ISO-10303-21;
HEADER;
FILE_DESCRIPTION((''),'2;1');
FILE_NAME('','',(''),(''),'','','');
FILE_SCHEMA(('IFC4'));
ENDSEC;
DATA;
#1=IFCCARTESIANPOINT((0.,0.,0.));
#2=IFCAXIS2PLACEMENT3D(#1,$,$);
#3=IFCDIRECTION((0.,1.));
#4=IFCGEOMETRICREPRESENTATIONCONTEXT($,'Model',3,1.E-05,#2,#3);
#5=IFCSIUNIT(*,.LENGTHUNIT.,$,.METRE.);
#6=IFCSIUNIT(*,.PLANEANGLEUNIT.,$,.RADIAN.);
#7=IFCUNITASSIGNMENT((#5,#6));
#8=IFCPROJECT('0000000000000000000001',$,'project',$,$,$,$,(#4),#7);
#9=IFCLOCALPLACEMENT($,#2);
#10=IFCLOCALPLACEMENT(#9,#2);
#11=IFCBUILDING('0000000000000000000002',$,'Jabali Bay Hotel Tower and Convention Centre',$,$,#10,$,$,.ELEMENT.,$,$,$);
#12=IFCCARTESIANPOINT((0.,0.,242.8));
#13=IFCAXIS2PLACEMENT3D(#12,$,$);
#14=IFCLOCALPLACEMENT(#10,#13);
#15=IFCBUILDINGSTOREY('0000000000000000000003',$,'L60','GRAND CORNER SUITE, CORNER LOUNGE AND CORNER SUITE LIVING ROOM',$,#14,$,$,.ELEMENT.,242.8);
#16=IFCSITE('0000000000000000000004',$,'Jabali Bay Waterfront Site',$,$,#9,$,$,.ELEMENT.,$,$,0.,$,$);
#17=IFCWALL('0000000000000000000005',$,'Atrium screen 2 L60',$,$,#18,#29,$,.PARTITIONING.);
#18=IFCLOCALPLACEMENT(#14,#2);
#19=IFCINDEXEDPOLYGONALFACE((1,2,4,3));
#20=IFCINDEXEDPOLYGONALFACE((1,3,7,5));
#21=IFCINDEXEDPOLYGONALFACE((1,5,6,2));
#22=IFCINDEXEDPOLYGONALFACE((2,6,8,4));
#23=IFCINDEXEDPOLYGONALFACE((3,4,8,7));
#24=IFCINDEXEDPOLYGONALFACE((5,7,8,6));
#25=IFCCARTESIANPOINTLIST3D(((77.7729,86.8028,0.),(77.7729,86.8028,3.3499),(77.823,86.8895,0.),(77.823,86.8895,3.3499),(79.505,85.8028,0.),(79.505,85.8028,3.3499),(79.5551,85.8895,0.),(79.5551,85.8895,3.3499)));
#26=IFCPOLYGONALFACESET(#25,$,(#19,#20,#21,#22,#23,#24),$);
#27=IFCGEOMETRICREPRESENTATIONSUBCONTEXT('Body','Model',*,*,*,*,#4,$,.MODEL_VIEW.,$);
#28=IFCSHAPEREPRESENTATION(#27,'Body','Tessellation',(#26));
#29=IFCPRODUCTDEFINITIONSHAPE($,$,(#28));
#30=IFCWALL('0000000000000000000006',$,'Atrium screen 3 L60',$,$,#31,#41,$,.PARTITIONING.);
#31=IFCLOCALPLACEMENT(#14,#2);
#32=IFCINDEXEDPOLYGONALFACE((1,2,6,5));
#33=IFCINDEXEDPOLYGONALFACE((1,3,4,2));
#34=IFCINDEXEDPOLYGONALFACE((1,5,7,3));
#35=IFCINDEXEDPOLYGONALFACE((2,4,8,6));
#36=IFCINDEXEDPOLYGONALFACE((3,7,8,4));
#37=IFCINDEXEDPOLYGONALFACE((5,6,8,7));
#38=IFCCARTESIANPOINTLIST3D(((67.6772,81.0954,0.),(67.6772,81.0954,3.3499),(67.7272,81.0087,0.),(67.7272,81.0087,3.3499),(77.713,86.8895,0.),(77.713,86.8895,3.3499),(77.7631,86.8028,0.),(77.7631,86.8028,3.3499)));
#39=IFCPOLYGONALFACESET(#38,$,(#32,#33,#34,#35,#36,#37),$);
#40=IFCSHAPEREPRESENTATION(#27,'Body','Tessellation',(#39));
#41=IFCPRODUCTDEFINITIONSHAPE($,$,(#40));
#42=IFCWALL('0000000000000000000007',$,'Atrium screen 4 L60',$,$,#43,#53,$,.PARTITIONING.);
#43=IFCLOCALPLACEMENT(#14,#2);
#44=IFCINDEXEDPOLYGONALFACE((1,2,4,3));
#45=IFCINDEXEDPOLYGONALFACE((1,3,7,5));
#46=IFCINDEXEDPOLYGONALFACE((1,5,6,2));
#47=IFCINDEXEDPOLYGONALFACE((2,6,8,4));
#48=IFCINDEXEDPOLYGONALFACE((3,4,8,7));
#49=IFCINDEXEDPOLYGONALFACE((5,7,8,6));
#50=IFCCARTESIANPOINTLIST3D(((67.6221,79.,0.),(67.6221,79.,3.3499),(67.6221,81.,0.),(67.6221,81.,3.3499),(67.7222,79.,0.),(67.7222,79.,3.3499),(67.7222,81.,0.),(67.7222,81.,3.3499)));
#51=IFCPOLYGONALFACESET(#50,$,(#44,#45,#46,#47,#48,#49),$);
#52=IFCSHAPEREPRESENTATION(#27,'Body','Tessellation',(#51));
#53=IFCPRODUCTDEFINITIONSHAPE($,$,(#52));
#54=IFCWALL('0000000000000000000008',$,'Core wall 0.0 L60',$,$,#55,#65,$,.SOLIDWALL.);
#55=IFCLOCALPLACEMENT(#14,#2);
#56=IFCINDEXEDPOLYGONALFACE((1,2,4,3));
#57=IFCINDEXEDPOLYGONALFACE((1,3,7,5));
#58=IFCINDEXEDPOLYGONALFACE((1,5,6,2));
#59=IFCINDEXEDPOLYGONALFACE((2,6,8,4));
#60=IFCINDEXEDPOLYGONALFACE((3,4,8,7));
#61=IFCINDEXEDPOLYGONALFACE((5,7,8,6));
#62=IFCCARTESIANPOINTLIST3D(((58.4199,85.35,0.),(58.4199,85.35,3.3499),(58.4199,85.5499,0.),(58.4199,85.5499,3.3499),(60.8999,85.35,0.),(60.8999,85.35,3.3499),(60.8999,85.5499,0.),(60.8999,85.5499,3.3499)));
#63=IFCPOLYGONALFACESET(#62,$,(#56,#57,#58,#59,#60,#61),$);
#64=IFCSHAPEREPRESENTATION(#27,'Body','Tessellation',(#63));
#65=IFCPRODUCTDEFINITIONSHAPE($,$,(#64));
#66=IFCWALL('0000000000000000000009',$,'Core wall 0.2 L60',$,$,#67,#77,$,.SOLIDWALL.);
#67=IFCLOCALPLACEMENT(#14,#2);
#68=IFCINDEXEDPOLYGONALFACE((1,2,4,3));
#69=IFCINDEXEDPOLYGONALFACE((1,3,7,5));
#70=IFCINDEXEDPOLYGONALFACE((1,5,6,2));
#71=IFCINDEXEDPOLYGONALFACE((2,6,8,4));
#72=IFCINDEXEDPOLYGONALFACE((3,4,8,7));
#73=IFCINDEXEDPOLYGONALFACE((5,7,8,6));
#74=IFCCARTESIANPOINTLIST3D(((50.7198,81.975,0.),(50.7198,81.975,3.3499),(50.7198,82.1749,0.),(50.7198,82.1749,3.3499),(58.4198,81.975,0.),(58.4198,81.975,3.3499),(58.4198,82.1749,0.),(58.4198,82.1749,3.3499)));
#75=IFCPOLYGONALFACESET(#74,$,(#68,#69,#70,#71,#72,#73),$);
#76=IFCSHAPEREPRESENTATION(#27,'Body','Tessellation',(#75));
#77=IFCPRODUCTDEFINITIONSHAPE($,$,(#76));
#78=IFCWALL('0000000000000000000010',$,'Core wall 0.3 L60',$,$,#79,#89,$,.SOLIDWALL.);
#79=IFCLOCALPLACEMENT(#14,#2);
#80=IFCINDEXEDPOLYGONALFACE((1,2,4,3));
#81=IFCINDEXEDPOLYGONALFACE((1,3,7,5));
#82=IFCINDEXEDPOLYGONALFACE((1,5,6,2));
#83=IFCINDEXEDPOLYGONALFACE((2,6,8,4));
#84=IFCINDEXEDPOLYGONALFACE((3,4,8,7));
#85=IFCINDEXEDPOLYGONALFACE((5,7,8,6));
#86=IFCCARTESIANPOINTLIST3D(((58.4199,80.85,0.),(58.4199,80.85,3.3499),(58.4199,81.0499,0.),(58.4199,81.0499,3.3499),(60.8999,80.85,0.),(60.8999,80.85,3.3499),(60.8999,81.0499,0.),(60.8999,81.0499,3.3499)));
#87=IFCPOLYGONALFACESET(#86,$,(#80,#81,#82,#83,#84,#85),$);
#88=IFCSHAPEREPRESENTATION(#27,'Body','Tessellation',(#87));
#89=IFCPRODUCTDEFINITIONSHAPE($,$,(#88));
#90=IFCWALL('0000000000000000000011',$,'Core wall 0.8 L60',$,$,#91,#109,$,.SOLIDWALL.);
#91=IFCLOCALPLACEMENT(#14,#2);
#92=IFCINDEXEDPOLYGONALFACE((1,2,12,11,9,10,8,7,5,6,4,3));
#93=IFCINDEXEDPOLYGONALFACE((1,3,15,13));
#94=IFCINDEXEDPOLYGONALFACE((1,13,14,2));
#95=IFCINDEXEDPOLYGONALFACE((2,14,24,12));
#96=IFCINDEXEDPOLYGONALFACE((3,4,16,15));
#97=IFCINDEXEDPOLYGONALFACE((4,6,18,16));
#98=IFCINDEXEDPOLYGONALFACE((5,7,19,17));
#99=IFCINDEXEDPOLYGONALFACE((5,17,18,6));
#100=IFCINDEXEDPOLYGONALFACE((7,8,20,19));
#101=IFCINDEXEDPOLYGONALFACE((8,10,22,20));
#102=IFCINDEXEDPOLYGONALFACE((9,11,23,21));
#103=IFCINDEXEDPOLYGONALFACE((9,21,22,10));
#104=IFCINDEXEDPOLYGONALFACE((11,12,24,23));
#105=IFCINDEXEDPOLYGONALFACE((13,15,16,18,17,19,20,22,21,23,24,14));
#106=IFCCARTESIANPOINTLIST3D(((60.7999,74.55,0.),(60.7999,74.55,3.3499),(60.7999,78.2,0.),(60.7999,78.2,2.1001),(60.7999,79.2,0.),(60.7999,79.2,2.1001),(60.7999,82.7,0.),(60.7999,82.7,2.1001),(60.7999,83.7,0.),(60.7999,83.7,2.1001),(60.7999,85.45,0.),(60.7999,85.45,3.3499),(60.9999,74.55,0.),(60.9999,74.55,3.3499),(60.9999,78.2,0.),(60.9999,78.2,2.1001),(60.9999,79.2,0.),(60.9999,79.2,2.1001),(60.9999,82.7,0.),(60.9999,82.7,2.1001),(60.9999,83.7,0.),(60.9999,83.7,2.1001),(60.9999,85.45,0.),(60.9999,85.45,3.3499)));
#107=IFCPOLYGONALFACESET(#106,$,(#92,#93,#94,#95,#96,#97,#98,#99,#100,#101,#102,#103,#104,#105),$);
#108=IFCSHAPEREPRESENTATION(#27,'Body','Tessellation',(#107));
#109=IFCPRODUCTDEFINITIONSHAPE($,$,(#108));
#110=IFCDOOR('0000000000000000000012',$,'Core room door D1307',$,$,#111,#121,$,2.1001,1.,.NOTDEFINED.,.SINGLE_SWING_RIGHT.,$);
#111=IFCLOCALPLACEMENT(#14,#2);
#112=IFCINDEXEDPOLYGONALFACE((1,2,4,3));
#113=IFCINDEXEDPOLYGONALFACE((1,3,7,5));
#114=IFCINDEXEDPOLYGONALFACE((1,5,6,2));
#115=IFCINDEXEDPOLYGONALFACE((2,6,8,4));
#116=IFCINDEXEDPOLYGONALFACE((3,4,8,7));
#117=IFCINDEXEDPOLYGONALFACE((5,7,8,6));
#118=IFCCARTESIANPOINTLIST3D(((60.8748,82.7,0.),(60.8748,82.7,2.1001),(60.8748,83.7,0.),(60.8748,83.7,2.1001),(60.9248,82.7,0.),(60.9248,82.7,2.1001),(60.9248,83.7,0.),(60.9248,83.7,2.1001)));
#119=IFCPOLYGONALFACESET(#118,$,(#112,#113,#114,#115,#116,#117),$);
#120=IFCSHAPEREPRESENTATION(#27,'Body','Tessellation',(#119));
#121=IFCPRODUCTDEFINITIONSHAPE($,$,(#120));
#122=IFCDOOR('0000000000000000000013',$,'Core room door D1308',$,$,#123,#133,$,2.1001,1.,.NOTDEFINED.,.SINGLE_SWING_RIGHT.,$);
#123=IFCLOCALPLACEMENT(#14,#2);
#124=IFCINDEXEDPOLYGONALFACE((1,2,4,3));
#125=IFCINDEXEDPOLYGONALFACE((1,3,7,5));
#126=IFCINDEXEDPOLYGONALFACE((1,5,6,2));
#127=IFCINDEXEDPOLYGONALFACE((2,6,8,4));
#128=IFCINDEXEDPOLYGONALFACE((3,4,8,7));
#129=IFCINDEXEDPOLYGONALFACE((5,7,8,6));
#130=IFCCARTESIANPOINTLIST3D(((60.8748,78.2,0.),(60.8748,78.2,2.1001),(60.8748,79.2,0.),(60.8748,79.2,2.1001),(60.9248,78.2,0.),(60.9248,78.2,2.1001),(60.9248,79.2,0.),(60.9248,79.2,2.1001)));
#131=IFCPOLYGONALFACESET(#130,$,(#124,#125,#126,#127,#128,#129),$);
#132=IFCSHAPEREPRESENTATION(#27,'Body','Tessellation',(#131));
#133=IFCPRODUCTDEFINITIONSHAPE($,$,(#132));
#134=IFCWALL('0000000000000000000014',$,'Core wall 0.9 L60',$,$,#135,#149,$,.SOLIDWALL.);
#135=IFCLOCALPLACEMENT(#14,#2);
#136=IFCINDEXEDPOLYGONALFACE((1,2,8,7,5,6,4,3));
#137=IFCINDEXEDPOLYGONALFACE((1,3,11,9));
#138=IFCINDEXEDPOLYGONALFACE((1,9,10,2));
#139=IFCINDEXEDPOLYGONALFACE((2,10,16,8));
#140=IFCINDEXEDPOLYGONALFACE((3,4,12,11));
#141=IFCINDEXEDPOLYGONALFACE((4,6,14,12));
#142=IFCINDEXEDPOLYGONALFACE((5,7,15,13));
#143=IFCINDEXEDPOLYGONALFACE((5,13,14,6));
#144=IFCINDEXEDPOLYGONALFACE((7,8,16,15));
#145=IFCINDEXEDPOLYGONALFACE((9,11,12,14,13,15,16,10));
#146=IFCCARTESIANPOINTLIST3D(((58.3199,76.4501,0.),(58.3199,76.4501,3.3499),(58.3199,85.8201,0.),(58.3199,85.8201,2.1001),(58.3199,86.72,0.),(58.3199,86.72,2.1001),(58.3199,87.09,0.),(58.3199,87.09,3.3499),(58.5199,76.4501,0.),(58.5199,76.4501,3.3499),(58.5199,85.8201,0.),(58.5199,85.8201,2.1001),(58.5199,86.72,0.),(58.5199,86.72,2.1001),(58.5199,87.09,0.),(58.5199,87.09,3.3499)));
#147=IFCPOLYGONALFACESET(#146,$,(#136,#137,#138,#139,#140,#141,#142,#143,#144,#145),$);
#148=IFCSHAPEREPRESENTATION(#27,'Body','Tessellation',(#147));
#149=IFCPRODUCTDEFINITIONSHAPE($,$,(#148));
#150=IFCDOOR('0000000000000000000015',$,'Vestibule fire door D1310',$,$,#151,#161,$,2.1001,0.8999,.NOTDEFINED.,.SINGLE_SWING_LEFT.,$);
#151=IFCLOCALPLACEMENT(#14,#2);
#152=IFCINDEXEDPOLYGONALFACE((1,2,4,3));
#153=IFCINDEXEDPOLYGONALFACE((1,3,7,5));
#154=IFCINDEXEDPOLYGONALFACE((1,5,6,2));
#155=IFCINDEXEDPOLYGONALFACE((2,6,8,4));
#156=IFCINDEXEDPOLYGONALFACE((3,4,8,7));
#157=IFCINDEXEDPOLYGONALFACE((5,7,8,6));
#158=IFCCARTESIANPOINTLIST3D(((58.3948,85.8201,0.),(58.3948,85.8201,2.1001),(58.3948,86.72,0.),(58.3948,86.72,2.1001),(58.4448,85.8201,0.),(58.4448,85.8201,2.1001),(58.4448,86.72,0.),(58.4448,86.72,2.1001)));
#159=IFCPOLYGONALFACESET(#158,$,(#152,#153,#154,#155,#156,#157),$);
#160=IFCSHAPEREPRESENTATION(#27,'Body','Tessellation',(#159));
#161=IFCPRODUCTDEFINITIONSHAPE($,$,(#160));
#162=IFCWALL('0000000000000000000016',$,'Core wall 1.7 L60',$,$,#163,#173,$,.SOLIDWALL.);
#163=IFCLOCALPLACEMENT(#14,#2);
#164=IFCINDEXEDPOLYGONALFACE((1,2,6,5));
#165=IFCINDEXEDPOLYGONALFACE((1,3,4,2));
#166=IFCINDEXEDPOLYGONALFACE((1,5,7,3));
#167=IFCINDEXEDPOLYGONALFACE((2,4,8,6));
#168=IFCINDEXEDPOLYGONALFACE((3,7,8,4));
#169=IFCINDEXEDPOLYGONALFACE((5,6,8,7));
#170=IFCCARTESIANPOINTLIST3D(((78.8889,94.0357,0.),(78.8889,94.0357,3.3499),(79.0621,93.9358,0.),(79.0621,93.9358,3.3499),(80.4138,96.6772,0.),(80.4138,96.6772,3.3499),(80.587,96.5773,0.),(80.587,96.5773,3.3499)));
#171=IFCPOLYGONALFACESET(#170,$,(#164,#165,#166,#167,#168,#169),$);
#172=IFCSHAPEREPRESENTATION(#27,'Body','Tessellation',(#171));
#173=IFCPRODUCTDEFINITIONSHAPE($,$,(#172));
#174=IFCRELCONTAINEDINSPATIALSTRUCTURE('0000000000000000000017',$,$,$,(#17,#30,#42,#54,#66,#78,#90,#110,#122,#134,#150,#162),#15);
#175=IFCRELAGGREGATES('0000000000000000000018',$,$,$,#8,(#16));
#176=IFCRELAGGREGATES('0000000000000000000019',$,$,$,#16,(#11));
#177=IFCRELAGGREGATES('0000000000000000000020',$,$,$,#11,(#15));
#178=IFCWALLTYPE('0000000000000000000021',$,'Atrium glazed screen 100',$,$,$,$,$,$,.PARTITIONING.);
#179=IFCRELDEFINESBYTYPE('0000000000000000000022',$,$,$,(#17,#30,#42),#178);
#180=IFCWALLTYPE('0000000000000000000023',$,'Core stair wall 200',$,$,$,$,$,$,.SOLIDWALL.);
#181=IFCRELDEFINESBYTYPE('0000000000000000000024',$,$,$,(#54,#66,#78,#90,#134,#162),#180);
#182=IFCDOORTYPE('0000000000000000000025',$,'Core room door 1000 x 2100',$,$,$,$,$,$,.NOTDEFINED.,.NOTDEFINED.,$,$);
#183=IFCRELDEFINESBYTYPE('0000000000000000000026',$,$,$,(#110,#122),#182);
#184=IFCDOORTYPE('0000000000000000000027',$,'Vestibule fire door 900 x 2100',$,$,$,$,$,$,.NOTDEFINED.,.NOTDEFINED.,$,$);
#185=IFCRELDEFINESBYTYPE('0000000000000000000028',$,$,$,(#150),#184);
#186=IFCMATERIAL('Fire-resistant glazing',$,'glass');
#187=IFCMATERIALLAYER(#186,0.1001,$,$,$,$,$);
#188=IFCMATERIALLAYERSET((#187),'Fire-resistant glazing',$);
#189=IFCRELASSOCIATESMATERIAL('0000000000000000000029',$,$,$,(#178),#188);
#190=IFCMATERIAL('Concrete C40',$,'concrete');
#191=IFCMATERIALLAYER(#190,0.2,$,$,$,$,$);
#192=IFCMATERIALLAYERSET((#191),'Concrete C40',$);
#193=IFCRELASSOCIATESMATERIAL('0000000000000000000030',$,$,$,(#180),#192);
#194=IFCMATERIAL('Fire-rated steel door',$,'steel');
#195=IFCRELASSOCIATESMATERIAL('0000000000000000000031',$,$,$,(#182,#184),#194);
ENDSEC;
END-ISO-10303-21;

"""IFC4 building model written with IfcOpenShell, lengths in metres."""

from ifc_helpers import new_model, si_unit, direction, frame, frame_2d, origin, place, context, subcontext, project, spatial, rectangle, extrude, material, layer, layer_set, type_object, element, fill, save


model = new_model("IFC4")

# Units and contexts
model_context = context("Model", 3, precision=1e-05, world=origin(), true_north=direction((0.0, 1.0)))
body_context = subcontext(model_context, "Body", "Model", "MODEL_VIEW")
ifc_project = project(units=[si_unit("LENGTHUNIT", "METRE"), si_unit("PLANEANGLEUNIT", "RADIAN")], contexts=[model_context])

# Site, building, storey
site_placement = place(None, origin())
site = spatial("IfcSite", under=ifc_project, at=site_placement, Name="Jabali Bay Waterfront Site", CompositionType="ELEMENT", RefElevation=0.0)
building_placement = place(site_placement, origin())
building = spatial("IfcBuilding", under=site, at=building_placement, Name="Jabali Bay Hotel Tower and Convention Centre", CompositionType="ELEMENT")
storey_placement = place(building_placement, frame((0.0, 0.0, 242.8)))
storey = spatial("IfcBuildingStorey", under=building, at=storey_placement, Name="L60", Description="GRAND CORNER SUITE, CORNER LOUNGE AND CORNER SUITE LIVING ROOM", CompositionType="ELEMENT", Elevation=242.8)

# Walls
ifc_material_1 = material(Name="Fire-resistant glazing", Category="glass")
ifc_layer_1 = layer(ifc_material_1, 0.1001)
ifc_layer_set_1 = layer_set([ifc_layer_1], Name="Fire-resistant glazing")
wall_type_1 = type_object("IfcWallType", Name="Atrium glazed screen 100", PredefinedType="PARTITIONING", material=ifc_layer_set_1)
wall_1_placement = place(storey_placement, frame((79.53, 85.8462, 0.0), z_axis=(0.0, 0.0, 1.0), x_axis=(-0.866041, 0.499973, 0.0)))
element("IfcWall", 1, at=wall_1_placement, inside=storey, type_object=wall_type_1, Name="Atrium screen 2 L60", PredefinedType="PARTITIONING", context=body_context, shape_type="SweptSolid", body=[
    extrude(rectangle(XDim=2.0, YDim=0.1001, at=frame_2d((1.0, 0.0))), origin(), (0.0, 0.0, 1.0), 3.3499),
])
wall_2_placement = place(storey_placement, frame((77.738, 86.8462, 0.0), z_axis=(0.0, 0.0, 1.0), x_axis=(-0.866027, -0.499998, 0.0)))
element("IfcWall", 2, at=wall_2_placement, inside=storey, type_object=wall_type_1, Name="Atrium screen 3 L60", PredefinedType="PARTITIONING", context=body_context, shape_type="SweptSolid", body=[
    extrude(rectangle(XDim=11.5884, YDim=0.1001, at=frame_2d((5.7942, 0.0))), origin(), (0.0, 0.0, 1.0), 3.3499),
])
wall_3_placement = place(storey_placement, frame((67.6721, 81.0, 0.0), z_axis=(0.0, 0.0, 1.0), x_axis=(0.0, -1.0, 0.0)))
element("IfcWall", 3, at=wall_3_placement, inside=storey, type_object=wall_type_1, Name="Atrium screen 4 L60", PredefinedType="PARTITIONING", context=body_context, shape_type="SweptSolid", body=[
    extrude(rectangle(XDim=2.0, YDim=0.1001, at=frame_2d((1.0, 0.0))), origin(), (0.0, 0.0, 1.0), 3.3499),
])
ifc_material_2 = material(Name="Concrete C40", Category="concrete")
ifc_layer_2 = layer(ifc_material_2, 0.2)
ifc_layer_set_2 = layer_set([ifc_layer_2], Name="Concrete C40")
wall_type_2 = type_object("IfcWallType", Name="Core stair wall 200", PredefinedType="SOLIDWALL", material=ifc_layer_set_2)
wall_4_placement = place(storey_placement, frame((60.8999, 85.45, 0.0), z_axis=(0.0, 0.0, 1.0), x_axis=(-1.0, 0.0, 0.0)))
element("IfcWall", 4, at=wall_4_placement, inside=storey, type_object=wall_type_2, Name="Core wall 0.0 L60", PredefinedType="SOLIDWALL", context=body_context, shape_type="SweptSolid", body=[
    extrude(rectangle(XDim=2.48, YDim=0.2, at=frame_2d((1.24, 0.0))), origin(), (0.0, 0.0, 1.0), 3.3499),
])
wall_5_placement = place(storey_placement, frame((58.4199, 82.075, 0.0), z_axis=(0.0, 0.0, 1.0), x_axis=(-1.0, 0.0, 0.0)))
element("IfcWall", 5, at=wall_5_placement, inside=storey, type_object=wall_type_2, Name="Core wall 0.2 L60", PredefinedType="SOLIDWALL", context=body_context, shape_type="SweptSolid", body=[
    extrude(rectangle(XDim=7.7, YDim=0.2, at=frame_2d((3.8501, 0.0))), origin(), (0.0, 0.0, 1.0), 3.3499),
])
wall_6_placement = place(storey_placement, frame((60.8999, 80.95, 0.0), z_axis=(0.0, 0.0, 1.0), x_axis=(-1.0, 0.0, 0.0)))
element("IfcWall", 6, at=wall_6_placement, inside=storey, type_object=wall_type_2, Name="Core wall 0.3 L60", PredefinedType="SOLIDWALL", context=body_context, shape_type="SweptSolid", body=[
    extrude(rectangle(XDim=2.48, YDim=0.2, at=frame_2d((1.24, 0.0))), origin(), (0.0, 0.0, 1.0), 3.3499),
])

# Wall, openings, doors
wall_7_placement = place(storey_placement, frame((60.8999, 85.45, 0.0), z_axis=(0.0, 0.0, 1.0), x_axis=(0.0, -1.0, 0.0)))
wall_7 = element("IfcWall", 7, at=wall_7_placement, inside=storey, type_object=wall_type_2, Name="Core wall 0.8 L60", PredefinedType="SOLIDWALL", context=body_context, shape_type="SweptSolid", body=[
    extrude(rectangle(XDim=10.8999, YDim=0.2, at=frame_2d((5.45, 0.0))), origin(), (0.0, 0.0, 1.0), 3.3499),
])
opening_1_placement = place(wall_7_placement, frame((1.75, 0.0, 0.0)))
opening_1 = element("IfcOpeningElement", 8, at=opening_1_placement, cuts=wall_7, PredefinedType="OPENING", context=body_context, shape_type="SweptSolid", body=[
    extrude(rectangle(XDim=1.0, YDim=2.1001, at=frame_2d((0.5, 1.05))), frame((0.0, 0.1104, 0.0), z_axis=(0.0, -1.0, 0.0), x_axis=(1.0, 0.0, 0.0)), (0.0, 0.0, 1.0), 0.2209),
])
opening_2_placement = place(wall_7_placement, frame((6.25, 0.0, 0.0)))
opening_2 = element("IfcOpeningElement", 9, at=opening_2_placement, cuts=wall_7, PredefinedType="OPENING", context=body_context, shape_type="SweptSolid", body=[
    extrude(rectangle(XDim=1.0, YDim=2.1001, at=frame_2d((0.5, 1.05))), frame((0.0, 0.1104, 0.0), z_axis=(0.0, -1.0, 0.0), x_axis=(1.0, 0.0, 0.0)), (0.0, 0.0, 1.0), 0.2209),
])
ifc_material_3 = material(Name="Fire-rated steel door", Category="steel")
door_type_1 = type_object("IfcDoorType", Name="Core room door 1000 x 2100", OperationType="NOTDEFINED", PredefinedType="NOTDEFINED", material=ifc_material_3)
door_1_placement = place(opening_1_placement, origin())
door_1 = element("IfcDoor", 10, at=door_1_placement, inside=storey, type_object=door_type_1, Name="Core room door D1307", OperationType="SINGLE_SWING_RIGHT", OverallHeight=2.1001, OverallWidth=1.0, PredefinedType="NOTDEFINED", context=body_context, shape_type="SweptSolid", body=[
    extrude(rectangle(XDim=1.0, YDim=2.1001, at=frame_2d((0.5, 1.05))), frame((0.0, 0.0249, 0.0), z_axis=(0.0, -1.0, 0.0), x_axis=(1.0, 0.0, 0.0)), (0.0, 0.0, 1.0), 0.05),
])
fill(opening_1, door_1)
door_2_placement = place(opening_2_placement, origin())
door_2 = element("IfcDoor", 11, at=door_2_placement, inside=storey, type_object=door_type_1, Name="Core room door D1308", OperationType="SINGLE_SWING_RIGHT", OverallHeight=2.1001, OverallWidth=1.0, PredefinedType="NOTDEFINED", context=body_context, shape_type="SweptSolid", body=[
    extrude(rectangle(XDim=1.0, YDim=2.1001, at=frame_2d((0.5, 1.05))), frame((0.0, 0.0249, 0.0), z_axis=(0.0, -1.0, 0.0), x_axis=(1.0, 0.0, 0.0)), (0.0, 0.0, 1.0), 0.05),
])
fill(opening_2, door_2)

# Wall, opening, door
wall_8_placement = place(storey_placement, frame((58.4199, 87.0898, 0.0), z_axis=(0.0, 0.0, 1.0), x_axis=(0.0, -1.0, 0.0)))
wall_8 = element("IfcWall", 12, at=wall_8_placement, inside=storey, type_object=wall_type_2, Name="Core wall 0.9 L60", PredefinedType="SOLIDWALL", context=body_context, shape_type="SweptSolid", body=[
    extrude(rectangle(XDim=10.6399, YDim=0.2, at=frame_2d((5.3198, 0.0))), origin(), (0.0, 0.0, 1.0), 3.3499),
])
opening_3_placement = place(wall_8_placement, frame((0.3699, 0.0, 0.0)))
opening_3 = element("IfcOpeningElement", 13, at=opening_3_placement, cuts=wall_8, PredefinedType="OPENING", context=body_context, shape_type="SweptSolid", body=[
    extrude(rectangle(XDim=0.8999, YDim=2.1001, at=frame_2d((0.45, 1.05))), frame((0.0, 0.1104, 0.0), z_axis=(0.0, -1.0, 0.0), x_axis=(1.0, 0.0, 0.0)), (0.0, 0.0, 1.0), 0.2209),
])
door_type_2 = type_object("IfcDoorType", Name="Vestibule fire door 900 x 2100", OperationType="NOTDEFINED", PredefinedType="NOTDEFINED", material=ifc_material_3)
door_3_placement = place(opening_3_placement, origin())
door_3 = element("IfcDoor", 14, at=door_3_placement, inside=storey, type_object=door_type_2, Name="Vestibule fire door D1310", OperationType="SINGLE_SWING_LEFT", OverallHeight=2.1001, OverallWidth=0.8999, PredefinedType="NOTDEFINED", context=body_context, shape_type="SweptSolid", body=[
    extrude(rectangle(XDim=0.8999, YDim=2.1001, at=frame_2d((0.45, 1.05))), frame((0.0, 0.0249, 0.0), z_axis=(0.0, -1.0, 0.0), x_axis=(1.0, 0.0, 0.0)), (0.0, 0.0, 1.0), 0.05),
])
fill(opening_3, door_3)

# Wall
wall_9_placement = place(storey_placement, frame((78.9756, 93.9858, 0.0), z_axis=(0.0, 0.0, 1.0), x_axis=(0.499944, 0.866058, 0.0)))
element("IfcWall", 15, at=wall_9_placement, inside=storey, type_object=wall_type_2, Name="Core wall 1.7 L60", PredefinedType="SOLIDWALL", context=body_context, shape_type="SweptSolid", body=[
    extrude(rectangle(XDim=3.05, YDim=0.2, at=frame_2d((1.5249, 0.0))), origin(), (0.0, 0.0, 1.0), 3.3499),
])

save(model, "model.ifc")
